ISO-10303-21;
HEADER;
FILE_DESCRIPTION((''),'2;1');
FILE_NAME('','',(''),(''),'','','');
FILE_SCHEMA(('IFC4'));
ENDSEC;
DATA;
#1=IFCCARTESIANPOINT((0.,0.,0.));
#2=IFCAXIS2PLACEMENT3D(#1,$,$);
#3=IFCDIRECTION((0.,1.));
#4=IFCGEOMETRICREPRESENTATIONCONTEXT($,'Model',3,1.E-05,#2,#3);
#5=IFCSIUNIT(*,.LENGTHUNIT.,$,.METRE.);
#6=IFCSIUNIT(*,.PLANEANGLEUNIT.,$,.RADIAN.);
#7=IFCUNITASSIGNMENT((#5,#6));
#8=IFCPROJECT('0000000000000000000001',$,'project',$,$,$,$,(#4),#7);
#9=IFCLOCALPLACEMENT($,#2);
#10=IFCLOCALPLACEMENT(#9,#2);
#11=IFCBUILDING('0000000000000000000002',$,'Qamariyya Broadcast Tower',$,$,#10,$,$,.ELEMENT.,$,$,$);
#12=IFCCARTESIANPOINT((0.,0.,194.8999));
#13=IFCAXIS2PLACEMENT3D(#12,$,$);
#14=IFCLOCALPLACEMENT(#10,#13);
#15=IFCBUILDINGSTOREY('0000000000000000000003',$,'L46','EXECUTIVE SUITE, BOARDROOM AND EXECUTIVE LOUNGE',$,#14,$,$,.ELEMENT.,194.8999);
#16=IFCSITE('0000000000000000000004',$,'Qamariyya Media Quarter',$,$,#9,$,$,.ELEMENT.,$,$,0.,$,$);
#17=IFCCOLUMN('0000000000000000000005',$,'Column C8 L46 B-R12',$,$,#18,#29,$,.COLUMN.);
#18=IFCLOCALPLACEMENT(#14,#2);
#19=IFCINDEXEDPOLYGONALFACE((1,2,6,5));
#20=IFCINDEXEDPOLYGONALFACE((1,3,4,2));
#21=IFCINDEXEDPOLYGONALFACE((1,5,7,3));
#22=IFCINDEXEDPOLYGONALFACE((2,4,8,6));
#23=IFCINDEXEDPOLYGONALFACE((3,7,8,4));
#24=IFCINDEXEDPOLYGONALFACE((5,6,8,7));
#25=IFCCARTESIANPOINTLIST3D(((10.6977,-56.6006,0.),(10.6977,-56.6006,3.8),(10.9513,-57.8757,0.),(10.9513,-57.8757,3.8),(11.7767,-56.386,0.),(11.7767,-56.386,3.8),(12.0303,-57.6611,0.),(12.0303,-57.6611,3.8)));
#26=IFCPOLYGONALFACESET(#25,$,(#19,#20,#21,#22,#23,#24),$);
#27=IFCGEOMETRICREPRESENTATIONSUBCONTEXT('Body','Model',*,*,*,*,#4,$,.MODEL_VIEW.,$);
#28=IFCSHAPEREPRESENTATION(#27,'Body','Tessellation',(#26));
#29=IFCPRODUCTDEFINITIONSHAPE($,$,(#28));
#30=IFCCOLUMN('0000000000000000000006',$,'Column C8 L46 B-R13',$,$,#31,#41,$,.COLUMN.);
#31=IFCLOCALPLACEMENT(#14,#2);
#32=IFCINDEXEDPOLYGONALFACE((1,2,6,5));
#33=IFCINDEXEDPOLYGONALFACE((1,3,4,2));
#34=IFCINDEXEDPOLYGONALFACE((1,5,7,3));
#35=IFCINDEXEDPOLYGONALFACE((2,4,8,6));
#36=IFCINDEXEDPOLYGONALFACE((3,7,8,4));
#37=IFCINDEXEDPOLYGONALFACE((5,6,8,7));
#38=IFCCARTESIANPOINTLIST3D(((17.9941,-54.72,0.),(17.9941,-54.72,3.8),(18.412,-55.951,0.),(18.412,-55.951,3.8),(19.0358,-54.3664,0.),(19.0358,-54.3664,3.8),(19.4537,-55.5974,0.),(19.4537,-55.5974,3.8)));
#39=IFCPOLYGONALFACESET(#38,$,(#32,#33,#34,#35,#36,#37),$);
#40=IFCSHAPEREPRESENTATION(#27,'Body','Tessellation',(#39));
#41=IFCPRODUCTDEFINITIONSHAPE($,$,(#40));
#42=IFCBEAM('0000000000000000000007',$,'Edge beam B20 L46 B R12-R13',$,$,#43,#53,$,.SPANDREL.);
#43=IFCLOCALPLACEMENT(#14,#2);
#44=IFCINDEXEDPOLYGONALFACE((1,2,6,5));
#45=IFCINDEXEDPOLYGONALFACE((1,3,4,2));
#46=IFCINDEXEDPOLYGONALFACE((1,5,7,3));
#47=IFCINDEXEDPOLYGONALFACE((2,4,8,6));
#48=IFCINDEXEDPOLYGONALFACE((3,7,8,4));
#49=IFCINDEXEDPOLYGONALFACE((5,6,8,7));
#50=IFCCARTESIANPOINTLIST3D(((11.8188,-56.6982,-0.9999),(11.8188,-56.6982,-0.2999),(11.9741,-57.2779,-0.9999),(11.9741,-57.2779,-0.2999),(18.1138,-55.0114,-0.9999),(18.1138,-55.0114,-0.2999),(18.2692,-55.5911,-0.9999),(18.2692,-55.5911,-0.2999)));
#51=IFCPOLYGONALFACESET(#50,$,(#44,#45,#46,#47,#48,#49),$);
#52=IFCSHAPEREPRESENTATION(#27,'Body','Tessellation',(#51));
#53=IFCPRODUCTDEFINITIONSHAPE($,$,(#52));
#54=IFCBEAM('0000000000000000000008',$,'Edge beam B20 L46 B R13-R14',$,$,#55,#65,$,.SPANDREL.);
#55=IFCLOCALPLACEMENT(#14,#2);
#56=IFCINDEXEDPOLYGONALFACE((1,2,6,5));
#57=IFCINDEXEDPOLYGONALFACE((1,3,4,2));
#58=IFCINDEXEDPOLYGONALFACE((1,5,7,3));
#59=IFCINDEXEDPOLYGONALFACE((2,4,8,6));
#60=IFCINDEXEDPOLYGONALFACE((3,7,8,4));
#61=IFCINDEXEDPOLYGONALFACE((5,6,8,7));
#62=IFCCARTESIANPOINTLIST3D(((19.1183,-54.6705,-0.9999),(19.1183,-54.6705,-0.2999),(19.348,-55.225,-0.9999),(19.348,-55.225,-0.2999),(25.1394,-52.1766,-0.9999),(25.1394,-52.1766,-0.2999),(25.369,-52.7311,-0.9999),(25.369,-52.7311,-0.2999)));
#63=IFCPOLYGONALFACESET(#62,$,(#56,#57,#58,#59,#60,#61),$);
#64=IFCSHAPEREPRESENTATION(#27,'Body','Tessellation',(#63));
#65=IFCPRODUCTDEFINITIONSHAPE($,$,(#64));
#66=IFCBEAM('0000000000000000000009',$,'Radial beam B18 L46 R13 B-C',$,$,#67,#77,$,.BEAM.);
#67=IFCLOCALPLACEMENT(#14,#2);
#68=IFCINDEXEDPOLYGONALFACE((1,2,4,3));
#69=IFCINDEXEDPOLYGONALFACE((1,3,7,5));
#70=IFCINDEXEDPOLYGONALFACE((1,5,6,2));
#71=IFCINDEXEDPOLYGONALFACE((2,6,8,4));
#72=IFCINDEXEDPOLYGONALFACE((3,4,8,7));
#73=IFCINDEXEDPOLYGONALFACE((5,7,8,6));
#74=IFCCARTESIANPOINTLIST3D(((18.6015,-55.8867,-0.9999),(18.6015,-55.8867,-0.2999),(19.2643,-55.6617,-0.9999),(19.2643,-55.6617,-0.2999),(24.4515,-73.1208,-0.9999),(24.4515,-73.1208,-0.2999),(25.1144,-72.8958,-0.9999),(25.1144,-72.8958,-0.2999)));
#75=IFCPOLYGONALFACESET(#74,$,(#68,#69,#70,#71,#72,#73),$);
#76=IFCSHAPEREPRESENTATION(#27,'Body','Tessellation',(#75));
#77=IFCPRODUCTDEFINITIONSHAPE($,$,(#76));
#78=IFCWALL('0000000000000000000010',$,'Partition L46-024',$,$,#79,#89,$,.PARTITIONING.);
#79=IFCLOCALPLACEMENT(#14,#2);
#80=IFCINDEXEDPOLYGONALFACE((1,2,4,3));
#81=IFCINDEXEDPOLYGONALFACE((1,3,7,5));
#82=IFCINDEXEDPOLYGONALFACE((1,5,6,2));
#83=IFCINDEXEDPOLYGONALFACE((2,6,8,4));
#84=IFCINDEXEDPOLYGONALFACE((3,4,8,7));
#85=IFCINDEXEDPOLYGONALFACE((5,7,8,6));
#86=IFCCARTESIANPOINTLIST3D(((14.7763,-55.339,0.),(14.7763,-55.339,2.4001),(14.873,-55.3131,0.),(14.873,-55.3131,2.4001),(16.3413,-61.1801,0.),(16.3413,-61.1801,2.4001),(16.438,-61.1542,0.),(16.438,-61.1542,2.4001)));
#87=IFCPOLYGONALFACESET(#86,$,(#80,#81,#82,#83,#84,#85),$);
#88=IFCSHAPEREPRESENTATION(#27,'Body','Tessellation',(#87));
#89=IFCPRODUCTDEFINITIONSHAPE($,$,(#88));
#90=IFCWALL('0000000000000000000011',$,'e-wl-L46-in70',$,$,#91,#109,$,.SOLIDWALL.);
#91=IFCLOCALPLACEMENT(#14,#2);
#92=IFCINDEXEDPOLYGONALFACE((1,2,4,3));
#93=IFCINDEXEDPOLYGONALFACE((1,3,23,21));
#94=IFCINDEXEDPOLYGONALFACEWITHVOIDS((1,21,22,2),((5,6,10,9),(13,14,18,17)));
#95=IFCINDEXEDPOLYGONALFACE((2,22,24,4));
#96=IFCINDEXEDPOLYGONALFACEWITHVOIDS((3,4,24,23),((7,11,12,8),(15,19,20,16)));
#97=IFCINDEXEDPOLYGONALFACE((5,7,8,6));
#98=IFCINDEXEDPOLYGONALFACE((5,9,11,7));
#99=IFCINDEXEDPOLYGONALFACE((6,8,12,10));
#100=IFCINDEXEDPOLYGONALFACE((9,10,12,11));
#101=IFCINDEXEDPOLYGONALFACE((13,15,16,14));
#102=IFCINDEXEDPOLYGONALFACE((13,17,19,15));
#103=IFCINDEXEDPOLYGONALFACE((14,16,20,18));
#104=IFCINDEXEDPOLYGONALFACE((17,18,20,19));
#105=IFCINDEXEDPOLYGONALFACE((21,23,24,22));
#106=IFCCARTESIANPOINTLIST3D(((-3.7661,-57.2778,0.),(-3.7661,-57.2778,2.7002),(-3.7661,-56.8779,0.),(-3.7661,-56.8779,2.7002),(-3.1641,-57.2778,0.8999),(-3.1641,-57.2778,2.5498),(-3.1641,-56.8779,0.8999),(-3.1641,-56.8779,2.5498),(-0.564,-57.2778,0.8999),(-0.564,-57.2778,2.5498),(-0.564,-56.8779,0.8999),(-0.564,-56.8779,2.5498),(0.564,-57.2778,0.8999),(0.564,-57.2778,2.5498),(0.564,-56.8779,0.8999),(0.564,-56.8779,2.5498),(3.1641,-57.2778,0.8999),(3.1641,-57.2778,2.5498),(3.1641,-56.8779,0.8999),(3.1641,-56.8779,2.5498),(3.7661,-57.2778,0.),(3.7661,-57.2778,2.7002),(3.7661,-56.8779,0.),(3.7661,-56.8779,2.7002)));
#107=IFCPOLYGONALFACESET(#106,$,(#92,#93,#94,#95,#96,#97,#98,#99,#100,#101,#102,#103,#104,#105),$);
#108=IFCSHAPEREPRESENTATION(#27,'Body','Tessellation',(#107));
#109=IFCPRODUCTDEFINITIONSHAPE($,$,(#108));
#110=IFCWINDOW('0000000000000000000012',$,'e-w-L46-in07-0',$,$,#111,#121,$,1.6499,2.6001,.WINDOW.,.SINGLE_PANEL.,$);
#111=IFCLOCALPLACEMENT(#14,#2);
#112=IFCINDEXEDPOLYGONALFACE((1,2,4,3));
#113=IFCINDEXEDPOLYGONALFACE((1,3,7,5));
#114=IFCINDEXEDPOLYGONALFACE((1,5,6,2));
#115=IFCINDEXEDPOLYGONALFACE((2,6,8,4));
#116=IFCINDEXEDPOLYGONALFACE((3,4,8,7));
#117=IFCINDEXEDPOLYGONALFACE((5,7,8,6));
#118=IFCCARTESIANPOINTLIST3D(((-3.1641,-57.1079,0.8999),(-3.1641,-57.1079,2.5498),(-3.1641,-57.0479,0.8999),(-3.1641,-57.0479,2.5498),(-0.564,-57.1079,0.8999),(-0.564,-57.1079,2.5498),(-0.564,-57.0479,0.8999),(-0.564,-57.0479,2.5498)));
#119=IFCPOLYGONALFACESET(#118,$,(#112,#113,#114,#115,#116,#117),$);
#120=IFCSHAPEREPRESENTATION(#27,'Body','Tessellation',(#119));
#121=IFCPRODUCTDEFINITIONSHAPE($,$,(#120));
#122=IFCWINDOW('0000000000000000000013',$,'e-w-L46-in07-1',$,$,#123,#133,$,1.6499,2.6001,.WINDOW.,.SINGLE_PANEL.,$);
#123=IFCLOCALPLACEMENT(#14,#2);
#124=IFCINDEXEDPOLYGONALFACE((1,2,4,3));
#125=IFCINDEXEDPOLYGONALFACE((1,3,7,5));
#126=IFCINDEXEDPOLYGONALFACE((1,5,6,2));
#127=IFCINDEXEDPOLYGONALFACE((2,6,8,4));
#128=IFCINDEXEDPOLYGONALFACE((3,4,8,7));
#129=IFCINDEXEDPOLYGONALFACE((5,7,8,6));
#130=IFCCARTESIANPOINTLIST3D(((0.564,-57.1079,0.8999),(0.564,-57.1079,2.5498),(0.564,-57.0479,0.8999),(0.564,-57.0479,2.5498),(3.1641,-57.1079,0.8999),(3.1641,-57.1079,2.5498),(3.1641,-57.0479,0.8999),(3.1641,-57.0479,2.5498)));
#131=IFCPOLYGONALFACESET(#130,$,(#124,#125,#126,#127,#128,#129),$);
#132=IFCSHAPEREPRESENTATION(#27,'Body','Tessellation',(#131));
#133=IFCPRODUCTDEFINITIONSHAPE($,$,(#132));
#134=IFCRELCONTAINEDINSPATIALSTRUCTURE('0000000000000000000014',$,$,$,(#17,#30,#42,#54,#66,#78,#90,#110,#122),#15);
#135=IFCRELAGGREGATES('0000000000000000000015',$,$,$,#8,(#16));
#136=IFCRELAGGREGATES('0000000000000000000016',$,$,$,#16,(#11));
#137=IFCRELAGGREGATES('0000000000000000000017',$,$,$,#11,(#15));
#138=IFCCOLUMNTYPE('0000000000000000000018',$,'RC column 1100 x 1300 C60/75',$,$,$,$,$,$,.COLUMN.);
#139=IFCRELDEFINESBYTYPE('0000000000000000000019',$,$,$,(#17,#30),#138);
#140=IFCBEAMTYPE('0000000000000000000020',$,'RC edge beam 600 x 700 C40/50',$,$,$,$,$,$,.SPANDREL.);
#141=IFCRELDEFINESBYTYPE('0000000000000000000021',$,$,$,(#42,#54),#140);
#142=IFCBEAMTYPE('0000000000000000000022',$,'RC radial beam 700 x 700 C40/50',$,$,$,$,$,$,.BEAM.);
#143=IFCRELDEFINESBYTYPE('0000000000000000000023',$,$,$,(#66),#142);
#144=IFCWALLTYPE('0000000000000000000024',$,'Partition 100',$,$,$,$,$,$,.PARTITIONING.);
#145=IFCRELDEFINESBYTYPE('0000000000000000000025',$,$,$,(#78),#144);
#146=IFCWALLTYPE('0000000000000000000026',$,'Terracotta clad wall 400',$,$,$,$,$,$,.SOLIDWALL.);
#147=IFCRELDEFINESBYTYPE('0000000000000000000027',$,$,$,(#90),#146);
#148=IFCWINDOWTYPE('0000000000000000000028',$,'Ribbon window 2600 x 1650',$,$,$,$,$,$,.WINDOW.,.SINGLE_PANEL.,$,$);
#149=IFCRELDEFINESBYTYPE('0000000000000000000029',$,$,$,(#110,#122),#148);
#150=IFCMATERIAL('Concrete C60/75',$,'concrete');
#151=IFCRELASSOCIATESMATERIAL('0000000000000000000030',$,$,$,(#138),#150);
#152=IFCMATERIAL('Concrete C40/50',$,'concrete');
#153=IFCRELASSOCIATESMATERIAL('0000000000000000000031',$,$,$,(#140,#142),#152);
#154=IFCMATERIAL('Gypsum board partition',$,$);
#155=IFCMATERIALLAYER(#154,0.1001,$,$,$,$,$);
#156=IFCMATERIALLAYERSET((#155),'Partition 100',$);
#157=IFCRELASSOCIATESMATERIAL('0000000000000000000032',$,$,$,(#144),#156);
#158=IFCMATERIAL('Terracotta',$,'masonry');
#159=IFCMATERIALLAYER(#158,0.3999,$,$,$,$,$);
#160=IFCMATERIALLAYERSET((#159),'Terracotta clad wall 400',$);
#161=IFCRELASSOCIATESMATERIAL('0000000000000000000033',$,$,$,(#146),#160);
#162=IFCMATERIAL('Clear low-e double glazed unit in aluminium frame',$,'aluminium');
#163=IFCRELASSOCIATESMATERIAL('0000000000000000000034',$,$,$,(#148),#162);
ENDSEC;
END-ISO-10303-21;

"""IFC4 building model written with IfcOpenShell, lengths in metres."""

from ifc_helpers import new_model, si_unit, direction, frame, frame_2d, origin, origin_2d, place, context, subcontext, project, spatial, rectangle, extrude, material, layer, layer_set, material_profile, profile_set, type_object, element, fill, save


model = new_model("IFC4")

# Units and contexts
model_context = context("Model", 3, precision=1e-05, world=origin(), true_north=direction((0.0, 1.0)))
body_context = subcontext(model_context, "Body", "Model", "MODEL_VIEW")
ifc_project = project(units=[si_unit("LENGTHUNIT", "METRE"), si_unit("PLANEANGLEUNIT", "RADIAN")], contexts=[model_context])

# Site, building, storey
site_placement = place(None, origin())
site = spatial("IfcSite", under=ifc_project, at=site_placement, Name="Qamariyya Media Quarter", CompositionType="ELEMENT", RefElevation=0.0)
building_placement = place(site_placement, origin())
building = spatial("IfcBuilding", under=site, at=building_placement, Name="Qamariyya Broadcast Tower", CompositionType="ELEMENT")
storey_placement = place(building_placement, frame((0.0, 0.0, 194.8999)))
storey = spatial("IfcBuildingStorey", under=building, at=storey_placement, Name="L46", Description="EXECUTIVE SUITE, BOARDROOM AND EXECUTIVE LOUNGE", CompositionType="ELEMENT", Elevation=194.8999)

# Columns
ifc_material_1 = material(Name="Concrete C60/75", Category="concrete")
ifc_material_profile_1 = material_profile(ifc_material_1, rectangle(XDim=1.1001, YDim=1.3, at=origin_2d()))
ifc_profile_set_1 = profile_set([ifc_material_profile_1], Name="Concrete C60/75")
column_type = type_object("IfcColumnType", Name="RC column 1100 x 1300 C60/75", PredefinedType="COLUMN", material=ifc_profile_set_1)
for number, where, z_axis, x_axis, name in (
    (1, (11.364, -57.1309, 0.0), (0.0, 0.0, 1.0), (0.980785, 0.19509, 0.0), "Column C8 L46 B-R12"),
    (2, (18.7239, -55.1587, 0.0), (0.0, 0.0, 1.0), (0.94693, 0.321439, 0.0), "Column C8 L46 B-R13"),
):
    element("IfcColumn", number, at=place(storey_placement, frame(where, z_axis=z_axis, x_axis=x_axis)), inside=storey, type_object=column_type, Name=name, PredefinedType="COLUMN", context=body_context, shape_type="SweptSolid", body=[
        extrude(rectangle(XDim=1.1001, YDim=1.3, at=origin_2d()), origin(), (0.0, 0.0, 1.0), 3.8),
    ])

# Beams
ifc_material_2 = material(Name="Concrete C40/50", Category="concrete")
ifc_material_profile_2 = material_profile(ifc_material_2, rectangle(XDim=0.6001, YDim=0.7, at=origin_2d()))
ifc_profile_set_2 = profile_set([ifc_material_profile_2], Name="Concrete C40/50")
beam_type_1 = type_object("IfcBeamType", Name="RC edge beam 600 x 700 C40/50", PredefinedType="SPANDREL", material=ifc_profile_set_2)
for number, where, z_axis, x_axis, name in (
    (3, (11.8965, -56.988, -0.6499), (0.965924, 0.258826, 0.0), (-0.258826, 0.965924, 0.0), "Edge beam B20 L46 B R12-R13"),
    (4, (19.2332, -54.9478, -0.6499), (0.923884, 0.382673, 0.0), (-0.382673, 0.923884, 0.0), "Edge beam B20 L46 B R13-R14"),
):
    element("IfcBeam", number, at=place(storey_placement, frame(where, z_axis=z_axis, x_axis=x_axis)), inside=storey, type_object=beam_type_1, Name=name, PredefinedType="SPANDREL", context=body_context, shape_type="SweptSolid", body=[
        extrude(rectangle(XDim=0.6001, YDim=0.7, at=origin_2d()), origin(), (0.0, 0.0, 1.0), 6.5171),
    ])
ifc_material_profile_3 = material_profile(ifc_material_2, rectangle(XDim=0.7, YDim=0.7, at=origin_2d()))
ifc_profile_set_3 = profile_set([ifc_material_profile_3], Name="Concrete C40/50")
beam_type_2 = type_object("IfcBeamType", Name="RC radial beam 700 x 700 C40/50", PredefinedType="BEAM", material=ifc_profile_set_3)
beam_placement = place(storey_placement, frame((18.9329, -55.7742, -0.6499), z_axis=(0.321434, -0.946932, 0.0), x_axis=(0.946932, 0.321434, 0.0)))
element("IfcBeam", 5, at=beam_placement, inside=storey, type_object=beam_type_2, Name="Radial beam B18 L46 R13 B-C", PredefinedType="BEAM", context=body_context, shape_type="SweptSolid", body=[
    extrude(rectangle(XDim=0.7, YDim=0.7, at=origin_2d()), origin(), (0.0, 0.0, 1.0), 18.2),
])

# Wall
ifc_material_3 = material(Name="Gypsum board partition")
ifc_layer_1 = layer(ifc_material_3, 0.1001)
ifc_layer_set_1 = layer_set([ifc_layer_1], Name="Partition 100")
wall_type_1 = type_object("IfcWallType", Name="Partition 100", PredefinedType="PARTITIONING", material=ifc_layer_set_1)
wall_1_placement = place(storey_placement, frame((14.8247, -55.3262, 0.0), z_axis=(0.0, 0.0, 1.0), x_axis=(0.258793, -0.965933, 0.0)))
element("IfcWall", 6, at=wall_1_placement, inside=storey, type_object=wall_type_1, Name="Partition L46-024", PredefinedType="PARTITIONING", context=body_context, shape_type="SweptSolid", body=[
    extrude(rectangle(XDim=6.0471, YDim=0.1001, at=frame_2d((3.0234, 0.0))), origin(), (0.0, 0.0, 1.0), 2.4001),
])

# Wall, openings, windows
ifc_material_4 = material(Name="Terracotta", Category="masonry")
ifc_layer_2 = layer(ifc_material_4, 0.3999)
ifc_layer_set_2 = layer_set([ifc_layer_2], Name="Terracotta clad wall 400")
wall_type_2 = type_object("IfcWallType", Name="Terracotta clad wall 400", PredefinedType="SOLIDWALL", material=ifc_layer_set_2)
wall_2_placement = place(storey_placement, frame((3.7661, -57.0779, 0.0), z_axis=(0.0, 0.0, 1.0), x_axis=(-1.0, 0.0, 0.0)))
wall_2 = element("IfcWall", 7, at=wall_2_placement, inside=storey, type_object=wall_type_2, Name="e-wl-L46-in70", PredefinedType="SOLIDWALL", context=body_context, shape_type="SweptSolid", body=[
    extrude(rectangle(XDim=7.5322, YDim=0.3999, at=frame_2d((3.7661, 0.0))), origin(), (0.0, 0.0, 1.0), 2.7002),
])
opening_1_placement = place(wall_2_placement, frame((4.3301, 0.0, 0.8999)))
opening_1 = element("IfcOpeningElement", 8, at=opening_1_placement, cuts=wall_2, PredefinedType="OPENING", context=body_context, shape_type="SweptSolid", body=[
    extrude(rectangle(XDim=2.6001, YDim=1.6499, at=frame_2d((1.3, 0.825))), frame((0.0, 0.21, 0.0), z_axis=(0.0, -1.0, 0.0), x_axis=(1.0, 0.0, 0.0)), (0.0, 0.0, 1.0), 0.4199),
])
opening_2_placement = place(wall_2_placement, frame((0.6021, 0.0, 0.8999)))
opening_2 = element("IfcOpeningElement", 9, at=opening_2_placement, cuts=wall_2, PredefinedType="OPENING", context=body_context, shape_type="SweptSolid", body=[
    extrude(rectangle(XDim=2.6001, YDim=1.6499, at=frame_2d((1.3, 0.825))), frame((0.0, 0.21, 0.0), z_axis=(0.0, -1.0, 0.0), x_axis=(1.0, 0.0, 0.0)), (0.0, 0.0, 1.0), 0.4199),
])
ifc_material_5 = material(Name="Clear low-e double glazed unit in aluminium frame", Category="aluminium")
window_type = type_object("IfcWindowType", Name="Ribbon window 2600 x 1650", PartitioningType="SINGLE_PANEL", PredefinedType="WINDOW", material=ifc_material_5)
window_1_placement = place(opening_1_placement, origin())
window_1 = element("IfcWindow", 10, at=window_1_placement, inside=storey, type_object=window_type, Name="e-w-L46-in07-0", OverallHeight=1.6499, OverallWidth=2.6001, PartitioningType="SINGLE_PANEL", PredefinedType="WINDOW", context=body_context, shape_type="SweptSolid", body=[
    extrude(rectangle(XDim=2.6001, YDim=1.6499, at=frame_2d((1.3, 0.825))), frame((0.0, 0.03, 0.0), z_axis=(0.0, -1.0, 0.0), x_axis=(1.0, 0.0, 0.0)), (0.0, 0.0, 1.0), 0.0601),
])
fill(opening_1, window_1)
window_2_placement = place(opening_2_placement, origin())
window_2 = element("IfcWindow", 11, at=window_2_placement, inside=storey, type_object=window_type, Name="e-w-L46-in07-1", OverallHeight=1.6499, OverallWidth=2.6001, PartitioningType="SINGLE_PANEL", PredefinedType="WINDOW", context=body_context, shape_type="SweptSolid", body=[
    extrude(rectangle(XDim=2.6001, YDim=1.6499, at=frame_2d((1.3, 0.825))), frame((0.0, 0.03, 0.0), z_axis=(0.0, -1.0, 0.0), x_axis=(1.0, 0.0, 0.0)), (0.0, 0.0, 1.0), 0.0601),
])
fill(opening_2, window_2)

save(model, "model.ifc")
